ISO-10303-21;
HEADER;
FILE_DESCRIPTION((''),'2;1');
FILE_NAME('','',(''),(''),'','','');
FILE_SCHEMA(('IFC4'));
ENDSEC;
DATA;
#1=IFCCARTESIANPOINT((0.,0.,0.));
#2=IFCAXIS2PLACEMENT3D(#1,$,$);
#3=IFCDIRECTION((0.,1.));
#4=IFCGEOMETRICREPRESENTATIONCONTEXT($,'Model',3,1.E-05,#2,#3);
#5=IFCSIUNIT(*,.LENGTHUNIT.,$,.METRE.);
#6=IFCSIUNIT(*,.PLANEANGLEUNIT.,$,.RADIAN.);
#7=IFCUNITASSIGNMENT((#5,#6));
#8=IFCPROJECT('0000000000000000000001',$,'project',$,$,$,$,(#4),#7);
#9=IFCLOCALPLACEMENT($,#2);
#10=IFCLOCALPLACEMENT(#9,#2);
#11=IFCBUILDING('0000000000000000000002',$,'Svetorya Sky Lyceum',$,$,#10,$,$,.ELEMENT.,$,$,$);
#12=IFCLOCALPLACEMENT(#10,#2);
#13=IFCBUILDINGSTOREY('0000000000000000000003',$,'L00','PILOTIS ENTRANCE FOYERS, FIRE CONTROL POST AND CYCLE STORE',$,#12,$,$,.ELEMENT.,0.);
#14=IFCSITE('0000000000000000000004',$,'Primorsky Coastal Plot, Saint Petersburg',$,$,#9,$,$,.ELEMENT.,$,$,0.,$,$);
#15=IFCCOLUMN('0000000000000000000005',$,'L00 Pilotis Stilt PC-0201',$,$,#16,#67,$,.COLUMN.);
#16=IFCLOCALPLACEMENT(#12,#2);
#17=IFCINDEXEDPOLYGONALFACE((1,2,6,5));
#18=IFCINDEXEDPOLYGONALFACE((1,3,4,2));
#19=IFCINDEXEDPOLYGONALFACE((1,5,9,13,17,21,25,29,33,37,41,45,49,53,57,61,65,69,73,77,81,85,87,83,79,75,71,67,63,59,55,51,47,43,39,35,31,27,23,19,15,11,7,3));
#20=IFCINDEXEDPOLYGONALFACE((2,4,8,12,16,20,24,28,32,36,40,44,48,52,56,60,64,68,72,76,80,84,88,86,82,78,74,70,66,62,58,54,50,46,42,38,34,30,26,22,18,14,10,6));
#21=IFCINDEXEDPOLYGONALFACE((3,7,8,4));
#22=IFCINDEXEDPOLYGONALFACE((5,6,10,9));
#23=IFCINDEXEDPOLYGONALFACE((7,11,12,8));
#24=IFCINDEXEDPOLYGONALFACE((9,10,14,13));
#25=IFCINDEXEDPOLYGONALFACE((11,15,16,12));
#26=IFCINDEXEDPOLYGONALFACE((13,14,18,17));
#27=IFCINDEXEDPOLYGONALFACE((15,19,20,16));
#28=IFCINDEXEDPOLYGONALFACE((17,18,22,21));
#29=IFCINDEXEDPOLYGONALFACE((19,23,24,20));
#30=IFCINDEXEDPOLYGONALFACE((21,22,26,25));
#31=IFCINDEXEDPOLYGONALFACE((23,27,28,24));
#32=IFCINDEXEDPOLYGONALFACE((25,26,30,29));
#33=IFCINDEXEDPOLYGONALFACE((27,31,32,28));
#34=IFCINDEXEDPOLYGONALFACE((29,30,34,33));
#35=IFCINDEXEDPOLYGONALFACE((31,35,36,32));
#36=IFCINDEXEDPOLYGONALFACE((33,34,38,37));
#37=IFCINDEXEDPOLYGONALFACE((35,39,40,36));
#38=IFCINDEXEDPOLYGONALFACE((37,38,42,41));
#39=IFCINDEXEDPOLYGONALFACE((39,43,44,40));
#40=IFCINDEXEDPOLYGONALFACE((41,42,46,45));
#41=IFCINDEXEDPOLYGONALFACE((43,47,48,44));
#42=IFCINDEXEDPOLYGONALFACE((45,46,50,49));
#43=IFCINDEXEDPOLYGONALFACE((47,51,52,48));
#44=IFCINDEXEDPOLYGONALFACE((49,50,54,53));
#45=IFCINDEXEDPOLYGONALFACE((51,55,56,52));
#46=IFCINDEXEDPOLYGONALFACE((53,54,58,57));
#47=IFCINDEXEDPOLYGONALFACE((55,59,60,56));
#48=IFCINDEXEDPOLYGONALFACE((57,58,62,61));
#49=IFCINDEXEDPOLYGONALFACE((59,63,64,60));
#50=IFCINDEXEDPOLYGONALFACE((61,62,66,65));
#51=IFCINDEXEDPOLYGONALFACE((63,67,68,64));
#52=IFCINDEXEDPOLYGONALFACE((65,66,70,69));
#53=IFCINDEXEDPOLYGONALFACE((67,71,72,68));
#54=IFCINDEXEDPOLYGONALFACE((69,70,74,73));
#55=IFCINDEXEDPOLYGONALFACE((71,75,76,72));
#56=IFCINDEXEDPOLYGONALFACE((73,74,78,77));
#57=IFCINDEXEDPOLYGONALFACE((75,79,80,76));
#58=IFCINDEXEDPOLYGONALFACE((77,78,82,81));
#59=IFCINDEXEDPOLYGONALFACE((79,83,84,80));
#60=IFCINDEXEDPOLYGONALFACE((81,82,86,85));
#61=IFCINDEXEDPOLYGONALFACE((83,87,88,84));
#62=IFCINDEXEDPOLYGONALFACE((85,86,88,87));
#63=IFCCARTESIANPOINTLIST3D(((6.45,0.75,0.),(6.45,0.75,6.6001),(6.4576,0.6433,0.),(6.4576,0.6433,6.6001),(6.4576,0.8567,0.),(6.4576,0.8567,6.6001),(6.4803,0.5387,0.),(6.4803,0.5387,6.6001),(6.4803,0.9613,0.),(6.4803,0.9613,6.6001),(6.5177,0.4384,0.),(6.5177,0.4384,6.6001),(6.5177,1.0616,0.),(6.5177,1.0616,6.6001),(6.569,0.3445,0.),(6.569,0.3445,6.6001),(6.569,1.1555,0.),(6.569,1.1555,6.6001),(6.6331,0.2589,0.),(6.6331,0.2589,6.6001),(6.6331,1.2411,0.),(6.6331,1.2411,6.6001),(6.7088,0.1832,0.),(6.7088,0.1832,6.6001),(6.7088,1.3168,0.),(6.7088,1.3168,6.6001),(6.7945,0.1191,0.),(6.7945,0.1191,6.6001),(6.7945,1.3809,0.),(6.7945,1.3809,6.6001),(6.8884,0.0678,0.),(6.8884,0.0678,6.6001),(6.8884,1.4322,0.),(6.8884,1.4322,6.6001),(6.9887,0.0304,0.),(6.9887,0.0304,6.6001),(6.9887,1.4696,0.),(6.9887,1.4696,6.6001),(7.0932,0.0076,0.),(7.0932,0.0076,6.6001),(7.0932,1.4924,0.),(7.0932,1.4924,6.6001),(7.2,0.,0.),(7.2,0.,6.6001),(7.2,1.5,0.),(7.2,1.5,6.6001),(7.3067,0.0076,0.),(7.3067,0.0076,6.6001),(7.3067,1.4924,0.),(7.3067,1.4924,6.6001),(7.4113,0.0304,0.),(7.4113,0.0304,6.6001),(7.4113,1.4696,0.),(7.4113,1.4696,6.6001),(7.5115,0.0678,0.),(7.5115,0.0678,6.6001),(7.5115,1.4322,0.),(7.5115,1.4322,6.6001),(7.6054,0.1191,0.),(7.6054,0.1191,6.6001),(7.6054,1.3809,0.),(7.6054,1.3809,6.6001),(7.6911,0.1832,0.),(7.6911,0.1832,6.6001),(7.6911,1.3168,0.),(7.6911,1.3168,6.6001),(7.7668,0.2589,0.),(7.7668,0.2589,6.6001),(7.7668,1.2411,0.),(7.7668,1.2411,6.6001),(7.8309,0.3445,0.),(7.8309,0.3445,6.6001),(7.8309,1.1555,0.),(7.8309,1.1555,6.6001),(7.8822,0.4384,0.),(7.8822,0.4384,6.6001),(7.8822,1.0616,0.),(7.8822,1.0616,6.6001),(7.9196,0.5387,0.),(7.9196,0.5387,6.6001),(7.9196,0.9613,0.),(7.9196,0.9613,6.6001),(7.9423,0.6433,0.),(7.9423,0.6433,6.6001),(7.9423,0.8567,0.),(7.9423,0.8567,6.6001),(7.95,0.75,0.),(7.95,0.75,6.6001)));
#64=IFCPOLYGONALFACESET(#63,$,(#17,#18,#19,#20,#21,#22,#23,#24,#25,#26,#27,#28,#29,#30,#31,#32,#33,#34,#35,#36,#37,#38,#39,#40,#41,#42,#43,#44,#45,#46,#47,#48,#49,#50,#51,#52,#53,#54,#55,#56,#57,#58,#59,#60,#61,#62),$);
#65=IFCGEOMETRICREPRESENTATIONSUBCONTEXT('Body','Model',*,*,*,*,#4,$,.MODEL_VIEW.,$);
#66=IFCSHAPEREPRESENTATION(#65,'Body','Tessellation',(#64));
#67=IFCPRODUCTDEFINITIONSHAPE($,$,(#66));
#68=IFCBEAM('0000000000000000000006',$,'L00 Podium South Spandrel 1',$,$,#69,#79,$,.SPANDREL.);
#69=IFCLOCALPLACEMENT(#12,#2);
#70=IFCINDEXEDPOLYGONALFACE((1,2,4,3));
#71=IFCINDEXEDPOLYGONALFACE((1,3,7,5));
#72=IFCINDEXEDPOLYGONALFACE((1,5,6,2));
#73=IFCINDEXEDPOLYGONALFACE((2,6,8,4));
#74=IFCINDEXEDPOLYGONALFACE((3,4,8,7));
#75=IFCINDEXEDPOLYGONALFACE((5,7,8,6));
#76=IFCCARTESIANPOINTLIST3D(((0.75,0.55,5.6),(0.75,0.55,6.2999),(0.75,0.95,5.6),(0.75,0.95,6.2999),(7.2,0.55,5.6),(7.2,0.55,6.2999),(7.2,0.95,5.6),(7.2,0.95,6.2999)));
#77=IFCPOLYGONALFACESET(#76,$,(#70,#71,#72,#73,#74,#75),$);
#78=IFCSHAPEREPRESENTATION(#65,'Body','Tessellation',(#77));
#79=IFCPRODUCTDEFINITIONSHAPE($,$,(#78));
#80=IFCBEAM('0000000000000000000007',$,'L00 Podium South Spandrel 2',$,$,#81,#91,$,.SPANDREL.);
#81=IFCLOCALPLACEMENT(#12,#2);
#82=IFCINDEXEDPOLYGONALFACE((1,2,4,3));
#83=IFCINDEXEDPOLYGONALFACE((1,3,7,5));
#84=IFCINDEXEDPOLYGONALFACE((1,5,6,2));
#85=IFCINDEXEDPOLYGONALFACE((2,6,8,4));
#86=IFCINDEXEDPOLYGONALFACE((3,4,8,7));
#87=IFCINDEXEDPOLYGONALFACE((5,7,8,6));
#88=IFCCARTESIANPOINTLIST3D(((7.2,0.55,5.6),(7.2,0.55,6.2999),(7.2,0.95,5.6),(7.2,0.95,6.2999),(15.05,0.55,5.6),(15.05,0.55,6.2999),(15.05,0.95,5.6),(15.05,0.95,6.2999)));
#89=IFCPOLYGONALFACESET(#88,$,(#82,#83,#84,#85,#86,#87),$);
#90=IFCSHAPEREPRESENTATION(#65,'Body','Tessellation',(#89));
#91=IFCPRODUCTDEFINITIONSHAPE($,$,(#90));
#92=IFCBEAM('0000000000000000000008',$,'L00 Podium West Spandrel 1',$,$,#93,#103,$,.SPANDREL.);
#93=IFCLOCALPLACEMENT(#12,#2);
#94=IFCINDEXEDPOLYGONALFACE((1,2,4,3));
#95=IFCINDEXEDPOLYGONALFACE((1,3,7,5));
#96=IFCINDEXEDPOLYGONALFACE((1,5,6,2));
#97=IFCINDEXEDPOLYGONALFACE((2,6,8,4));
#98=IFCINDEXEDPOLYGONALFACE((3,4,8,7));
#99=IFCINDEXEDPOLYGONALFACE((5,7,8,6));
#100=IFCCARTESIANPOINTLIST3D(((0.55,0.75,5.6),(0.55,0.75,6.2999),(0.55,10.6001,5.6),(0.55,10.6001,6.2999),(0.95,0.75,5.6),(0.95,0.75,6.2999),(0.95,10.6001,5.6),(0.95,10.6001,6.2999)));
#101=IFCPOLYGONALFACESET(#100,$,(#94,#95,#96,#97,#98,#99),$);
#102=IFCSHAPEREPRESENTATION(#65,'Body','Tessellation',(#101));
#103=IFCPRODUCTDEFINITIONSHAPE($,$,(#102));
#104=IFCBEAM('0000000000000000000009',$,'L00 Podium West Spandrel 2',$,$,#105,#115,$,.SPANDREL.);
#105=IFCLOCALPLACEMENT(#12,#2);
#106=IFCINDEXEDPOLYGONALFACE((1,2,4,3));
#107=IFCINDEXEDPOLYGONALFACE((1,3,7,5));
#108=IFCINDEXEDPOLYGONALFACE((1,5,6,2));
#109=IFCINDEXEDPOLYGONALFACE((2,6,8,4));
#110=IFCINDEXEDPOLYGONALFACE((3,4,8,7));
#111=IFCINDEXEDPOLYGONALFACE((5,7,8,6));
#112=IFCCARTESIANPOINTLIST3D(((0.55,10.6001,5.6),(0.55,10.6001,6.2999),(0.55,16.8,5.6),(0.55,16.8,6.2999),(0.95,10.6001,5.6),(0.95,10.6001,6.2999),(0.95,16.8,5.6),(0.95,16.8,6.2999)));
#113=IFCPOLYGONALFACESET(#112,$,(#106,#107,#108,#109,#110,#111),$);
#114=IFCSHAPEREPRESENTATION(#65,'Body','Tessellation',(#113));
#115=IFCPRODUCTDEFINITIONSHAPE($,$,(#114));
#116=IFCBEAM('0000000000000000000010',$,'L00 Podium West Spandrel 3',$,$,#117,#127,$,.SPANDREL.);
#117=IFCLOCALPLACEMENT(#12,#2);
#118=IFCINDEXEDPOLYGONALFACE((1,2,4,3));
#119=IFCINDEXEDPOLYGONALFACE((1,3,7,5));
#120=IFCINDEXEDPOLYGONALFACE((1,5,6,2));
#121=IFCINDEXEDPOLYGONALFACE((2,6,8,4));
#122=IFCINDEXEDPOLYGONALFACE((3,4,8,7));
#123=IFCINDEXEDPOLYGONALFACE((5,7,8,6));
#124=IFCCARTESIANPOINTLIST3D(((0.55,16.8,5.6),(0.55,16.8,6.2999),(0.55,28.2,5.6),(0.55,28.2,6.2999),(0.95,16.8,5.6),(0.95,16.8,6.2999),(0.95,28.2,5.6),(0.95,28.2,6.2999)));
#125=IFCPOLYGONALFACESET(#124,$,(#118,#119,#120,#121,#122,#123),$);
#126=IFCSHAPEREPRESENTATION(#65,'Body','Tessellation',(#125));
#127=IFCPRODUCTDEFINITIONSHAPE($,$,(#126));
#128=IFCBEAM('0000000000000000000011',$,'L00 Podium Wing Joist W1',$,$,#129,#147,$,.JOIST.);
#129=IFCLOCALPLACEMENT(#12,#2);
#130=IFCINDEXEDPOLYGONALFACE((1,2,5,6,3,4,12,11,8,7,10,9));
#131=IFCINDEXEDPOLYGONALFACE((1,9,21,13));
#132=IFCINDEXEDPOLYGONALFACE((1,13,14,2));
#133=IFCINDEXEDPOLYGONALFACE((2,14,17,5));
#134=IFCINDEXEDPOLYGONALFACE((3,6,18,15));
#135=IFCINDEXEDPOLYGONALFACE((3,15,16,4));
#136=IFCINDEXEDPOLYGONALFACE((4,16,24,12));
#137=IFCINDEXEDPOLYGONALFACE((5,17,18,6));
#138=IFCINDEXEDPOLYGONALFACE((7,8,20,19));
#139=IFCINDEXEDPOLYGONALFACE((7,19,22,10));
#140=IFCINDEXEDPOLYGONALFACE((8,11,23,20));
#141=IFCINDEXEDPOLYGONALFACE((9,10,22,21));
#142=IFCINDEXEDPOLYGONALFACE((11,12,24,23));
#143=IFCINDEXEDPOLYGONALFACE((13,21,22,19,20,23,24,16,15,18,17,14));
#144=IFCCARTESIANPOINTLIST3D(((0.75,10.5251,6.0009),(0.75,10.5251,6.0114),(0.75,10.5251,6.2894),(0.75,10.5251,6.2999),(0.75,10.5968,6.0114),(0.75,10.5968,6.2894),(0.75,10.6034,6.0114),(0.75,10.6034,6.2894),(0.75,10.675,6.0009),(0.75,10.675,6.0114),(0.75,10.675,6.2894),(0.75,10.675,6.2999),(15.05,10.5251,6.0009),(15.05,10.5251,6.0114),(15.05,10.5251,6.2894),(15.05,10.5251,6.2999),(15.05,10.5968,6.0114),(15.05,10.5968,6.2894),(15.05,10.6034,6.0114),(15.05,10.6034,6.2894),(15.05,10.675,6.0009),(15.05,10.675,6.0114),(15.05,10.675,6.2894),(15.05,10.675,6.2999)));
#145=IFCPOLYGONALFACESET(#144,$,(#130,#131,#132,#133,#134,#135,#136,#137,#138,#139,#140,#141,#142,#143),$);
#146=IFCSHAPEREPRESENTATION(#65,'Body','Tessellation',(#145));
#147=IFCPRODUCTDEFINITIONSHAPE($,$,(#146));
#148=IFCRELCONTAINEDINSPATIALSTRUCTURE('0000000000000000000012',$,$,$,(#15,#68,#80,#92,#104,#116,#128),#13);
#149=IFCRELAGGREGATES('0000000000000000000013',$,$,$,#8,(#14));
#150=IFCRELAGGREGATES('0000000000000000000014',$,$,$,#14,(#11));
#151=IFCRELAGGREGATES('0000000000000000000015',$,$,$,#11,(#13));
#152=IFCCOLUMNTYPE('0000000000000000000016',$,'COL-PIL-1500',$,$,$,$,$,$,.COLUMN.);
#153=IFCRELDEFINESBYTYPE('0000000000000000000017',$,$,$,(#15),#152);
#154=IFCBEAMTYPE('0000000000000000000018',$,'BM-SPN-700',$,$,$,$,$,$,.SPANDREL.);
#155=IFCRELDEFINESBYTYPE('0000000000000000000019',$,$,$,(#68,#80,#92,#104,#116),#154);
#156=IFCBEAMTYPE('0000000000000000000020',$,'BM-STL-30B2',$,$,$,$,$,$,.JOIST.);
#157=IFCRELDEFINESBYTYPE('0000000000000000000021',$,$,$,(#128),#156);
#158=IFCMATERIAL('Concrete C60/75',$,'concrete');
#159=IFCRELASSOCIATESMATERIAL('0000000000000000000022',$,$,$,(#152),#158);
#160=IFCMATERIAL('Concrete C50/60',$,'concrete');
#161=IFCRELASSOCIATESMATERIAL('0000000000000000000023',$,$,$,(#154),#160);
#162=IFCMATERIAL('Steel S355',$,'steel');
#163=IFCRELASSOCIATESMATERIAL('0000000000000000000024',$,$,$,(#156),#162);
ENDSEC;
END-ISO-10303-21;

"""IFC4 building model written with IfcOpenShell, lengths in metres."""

from ifc_helpers import new_model, si_unit, direction, frame, origin, origin_2d, place, context, subcontext, project, spatial, rectangle, circle, i_section, extrude, material, material_profile, profile_set, type_object, element, save


model = new_model("IFC4")

# Units and contexts
model_context = context("Model", 3, precision=1e-05, world=origin(), true_north=direction((0.0, 1.0)))
body_context = subcontext(model_context, "Body", "Model", "MODEL_VIEW")
ifc_project = project(units=[si_unit("LENGTHUNIT", "METRE"), si_unit("PLANEANGLEUNIT", "RADIAN")], contexts=[model_context])

# Site, building, storey
site_placement = place(None, origin())
site = spatial("IfcSite", under=ifc_project, at=site_placement, Name="Primorsky Coastal Plot, Saint Petersburg", CompositionType="ELEMENT", RefElevation=0.0)
building_placement = place(site_placement, origin())
building = spatial("IfcBuilding", under=site, at=building_placement, Name="Svetorya Sky Lyceum", CompositionType="ELEMENT")
storey_placement = place(building_placement, origin())
storey = spatial("IfcBuildingStorey", under=building, at=storey_placement, Name="L00", Description="PILOTIS ENTRANCE FOYERS, FIRE CONTROL POST AND CYCLE STORE", CompositionType="ELEMENT", Elevation=0.0)

# Column
ifc_material_1 = material(Name="Concrete C60/75", Category="concrete")
ifc_material_profile_1 = material_profile(ifc_material_1, circle(Radius=0.75, at=origin_2d()), Name="RC PILOTI D1500")
ifc_profile_set_1 = profile_set([ifc_material_profile_1], Name="Concrete C60/75")
column_type = type_object("IfcColumnType", Name="COL-PIL-1500", PredefinedType="COLUMN", material=ifc_profile_set_1)
for number, where, z_axis, x_axis, name in (
    (1, (7.2, 0.75, 0.0), (0.0, 0.0, 1.0), (1.0, 0.0, 0.0), "L00 Pilotis Stilt PC-0201"),
):
    element("IfcColumn", number, at=place(storey_placement, frame(where, z_axis=z_axis, x_axis=x_axis)), inside=storey, type_object=column_type, Name=name, PredefinedType="COLUMN", context=body_context, shape_type="SweptSolid", body=[
        extrude(circle(Radius=0.75, at=origin_2d()), origin(), (0.0, 0.0, 1.0), 6.6001),
    ])

# Beams
ifc_material_2 = material(Name="Concrete C50/60", Category="concrete")
ifc_material_profile_2 = material_profile(ifc_material_2, rectangle(XDim=0.3999, YDim=0.7, at=origin_2d()), Name="RC SPANDREL 400x700")
ifc_profile_set_2 = profile_set([ifc_material_profile_2], Name="Concrete C50/60")
beam_type_1 = type_object("IfcBeamType", Name="BM-SPN-700", PredefinedType="SPANDREL", material=ifc_profile_set_2)
beam_1_placement = place(storey_placement, frame((0.75, 0.75, 5.95), z_axis=(1.0, 0.0, 0.0), x_axis=(0.0, 1.0, 0.0)))
element("IfcBeam", 2, at=beam_1_placement, inside=storey, type_object=beam_type_1, Name="L00 Podium South Spandrel 1", PredefinedType="SPANDREL", context=body_context, shape_type="SweptSolid", body=[
    extrude(rectangle(XDim=0.3999, YDim=0.7, at=origin_2d()), origin(), (0.0, 0.0, 1.0), 6.45),
])
beam_2_placement = place(storey_placement, frame((7.2, 0.75, 5.95), z_axis=(1.0, 0.0, 0.0), x_axis=(0.0, 1.0, 0.0)))
element("IfcBeam", 3, at=beam_2_placement, inside=storey, type_object=beam_type_1, Name="L00 Podium South Spandrel 2", PredefinedType="SPANDREL", context=body_context, shape_type="SweptSolid", body=[
    extrude(rectangle(XDim=0.3999, YDim=0.7, at=origin_2d()), origin(), (0.0, 0.0, 1.0), 7.8501),
])
beam_3_placement = place(storey_placement, frame((0.75, 0.75, 5.95), z_axis=(0.0, 1.0, 0.0), x_axis=(-1.0, 0.0, 0.0)))
element("IfcBeam", 4, at=beam_3_placement, inside=storey, type_object=beam_type_1, Name="L00 Podium West Spandrel 1", PredefinedType="SPANDREL", context=body_context, shape_type="SweptSolid", body=[
    extrude(rectangle(XDim=0.3999, YDim=0.7, at=origin_2d()), origin(), (0.0, 0.0, 1.0), 9.8501),
])
beam_4_placement = place(storey_placement, frame((0.75, 10.6001, 5.95), z_axis=(0.0, 1.0, 0.0), x_axis=(-1.0, 0.0, 0.0)))
element("IfcBeam", 5, at=beam_4_placement, inside=storey, type_object=beam_type_1, Name="L00 Podium West Spandrel 2", PredefinedType="SPANDREL", context=body_context, shape_type="SweptSolid", body=[
    extrude(rectangle(XDim=0.3999, YDim=0.7, at=origin_2d()), origin(), (0.0, 0.0, 1.0), 6.2),
])
beam_5_placement = place(storey_placement, frame((0.75, 16.8, 5.95), z_axis=(0.0, 1.0, 0.0), x_axis=(-1.0, 0.0, 0.0)))
element("IfcBeam", 6, at=beam_5_placement, inside=storey, type_object=beam_type_1, Name="L00 Podium West Spandrel 3", PredefinedType="SPANDREL", context=body_context, shape_type="SweptSolid", body=[
    extrude(rectangle(XDim=0.3999, YDim=0.7, at=origin_2d()), origin(), (0.0, 0.0, 1.0), 11.3999),
])
ifc_material_3 = material(Name="Steel S355", Category="steel")
ifc_material_profile_3 = material_profile(ifc_material_3, i_section(OverallWidth=0.1499, OverallDepth=0.2991, WebThickness=0.0066, FlangeThickness=0.0105, at=origin_2d()), Name="GOST 30B2")
ifc_profile_set_3 = profile_set([ifc_material_profile_3], Name="Steel S355")
beam_type_2 = type_object("IfcBeamType", Name="BM-STL-30B2", PredefinedType="JOIST", material=ifc_profile_set_3)
beam_6_placement = place(storey_placement, frame((0.75, 10.6001, 6.1504), z_axis=(1.0, 0.0, 0.0), x_axis=(0.0, 1.0, 0.0)))
element("IfcBeam", 7, at=beam_6_placement, inside=storey, type_object=beam_type_2, Name="L00 Podium Wing Joist W1", PredefinedType="JOIST", context=body_context, shape_type="SweptSolid", body=[
    extrude(i_section(OverallWidth=0.1499, OverallDepth=0.2991, WebThickness=0.0066, FlangeThickness=0.0105, at=origin_2d()), origin(), (0.0, 0.0, 1.0), 14.3),
])

save(model, "model.ifc")
